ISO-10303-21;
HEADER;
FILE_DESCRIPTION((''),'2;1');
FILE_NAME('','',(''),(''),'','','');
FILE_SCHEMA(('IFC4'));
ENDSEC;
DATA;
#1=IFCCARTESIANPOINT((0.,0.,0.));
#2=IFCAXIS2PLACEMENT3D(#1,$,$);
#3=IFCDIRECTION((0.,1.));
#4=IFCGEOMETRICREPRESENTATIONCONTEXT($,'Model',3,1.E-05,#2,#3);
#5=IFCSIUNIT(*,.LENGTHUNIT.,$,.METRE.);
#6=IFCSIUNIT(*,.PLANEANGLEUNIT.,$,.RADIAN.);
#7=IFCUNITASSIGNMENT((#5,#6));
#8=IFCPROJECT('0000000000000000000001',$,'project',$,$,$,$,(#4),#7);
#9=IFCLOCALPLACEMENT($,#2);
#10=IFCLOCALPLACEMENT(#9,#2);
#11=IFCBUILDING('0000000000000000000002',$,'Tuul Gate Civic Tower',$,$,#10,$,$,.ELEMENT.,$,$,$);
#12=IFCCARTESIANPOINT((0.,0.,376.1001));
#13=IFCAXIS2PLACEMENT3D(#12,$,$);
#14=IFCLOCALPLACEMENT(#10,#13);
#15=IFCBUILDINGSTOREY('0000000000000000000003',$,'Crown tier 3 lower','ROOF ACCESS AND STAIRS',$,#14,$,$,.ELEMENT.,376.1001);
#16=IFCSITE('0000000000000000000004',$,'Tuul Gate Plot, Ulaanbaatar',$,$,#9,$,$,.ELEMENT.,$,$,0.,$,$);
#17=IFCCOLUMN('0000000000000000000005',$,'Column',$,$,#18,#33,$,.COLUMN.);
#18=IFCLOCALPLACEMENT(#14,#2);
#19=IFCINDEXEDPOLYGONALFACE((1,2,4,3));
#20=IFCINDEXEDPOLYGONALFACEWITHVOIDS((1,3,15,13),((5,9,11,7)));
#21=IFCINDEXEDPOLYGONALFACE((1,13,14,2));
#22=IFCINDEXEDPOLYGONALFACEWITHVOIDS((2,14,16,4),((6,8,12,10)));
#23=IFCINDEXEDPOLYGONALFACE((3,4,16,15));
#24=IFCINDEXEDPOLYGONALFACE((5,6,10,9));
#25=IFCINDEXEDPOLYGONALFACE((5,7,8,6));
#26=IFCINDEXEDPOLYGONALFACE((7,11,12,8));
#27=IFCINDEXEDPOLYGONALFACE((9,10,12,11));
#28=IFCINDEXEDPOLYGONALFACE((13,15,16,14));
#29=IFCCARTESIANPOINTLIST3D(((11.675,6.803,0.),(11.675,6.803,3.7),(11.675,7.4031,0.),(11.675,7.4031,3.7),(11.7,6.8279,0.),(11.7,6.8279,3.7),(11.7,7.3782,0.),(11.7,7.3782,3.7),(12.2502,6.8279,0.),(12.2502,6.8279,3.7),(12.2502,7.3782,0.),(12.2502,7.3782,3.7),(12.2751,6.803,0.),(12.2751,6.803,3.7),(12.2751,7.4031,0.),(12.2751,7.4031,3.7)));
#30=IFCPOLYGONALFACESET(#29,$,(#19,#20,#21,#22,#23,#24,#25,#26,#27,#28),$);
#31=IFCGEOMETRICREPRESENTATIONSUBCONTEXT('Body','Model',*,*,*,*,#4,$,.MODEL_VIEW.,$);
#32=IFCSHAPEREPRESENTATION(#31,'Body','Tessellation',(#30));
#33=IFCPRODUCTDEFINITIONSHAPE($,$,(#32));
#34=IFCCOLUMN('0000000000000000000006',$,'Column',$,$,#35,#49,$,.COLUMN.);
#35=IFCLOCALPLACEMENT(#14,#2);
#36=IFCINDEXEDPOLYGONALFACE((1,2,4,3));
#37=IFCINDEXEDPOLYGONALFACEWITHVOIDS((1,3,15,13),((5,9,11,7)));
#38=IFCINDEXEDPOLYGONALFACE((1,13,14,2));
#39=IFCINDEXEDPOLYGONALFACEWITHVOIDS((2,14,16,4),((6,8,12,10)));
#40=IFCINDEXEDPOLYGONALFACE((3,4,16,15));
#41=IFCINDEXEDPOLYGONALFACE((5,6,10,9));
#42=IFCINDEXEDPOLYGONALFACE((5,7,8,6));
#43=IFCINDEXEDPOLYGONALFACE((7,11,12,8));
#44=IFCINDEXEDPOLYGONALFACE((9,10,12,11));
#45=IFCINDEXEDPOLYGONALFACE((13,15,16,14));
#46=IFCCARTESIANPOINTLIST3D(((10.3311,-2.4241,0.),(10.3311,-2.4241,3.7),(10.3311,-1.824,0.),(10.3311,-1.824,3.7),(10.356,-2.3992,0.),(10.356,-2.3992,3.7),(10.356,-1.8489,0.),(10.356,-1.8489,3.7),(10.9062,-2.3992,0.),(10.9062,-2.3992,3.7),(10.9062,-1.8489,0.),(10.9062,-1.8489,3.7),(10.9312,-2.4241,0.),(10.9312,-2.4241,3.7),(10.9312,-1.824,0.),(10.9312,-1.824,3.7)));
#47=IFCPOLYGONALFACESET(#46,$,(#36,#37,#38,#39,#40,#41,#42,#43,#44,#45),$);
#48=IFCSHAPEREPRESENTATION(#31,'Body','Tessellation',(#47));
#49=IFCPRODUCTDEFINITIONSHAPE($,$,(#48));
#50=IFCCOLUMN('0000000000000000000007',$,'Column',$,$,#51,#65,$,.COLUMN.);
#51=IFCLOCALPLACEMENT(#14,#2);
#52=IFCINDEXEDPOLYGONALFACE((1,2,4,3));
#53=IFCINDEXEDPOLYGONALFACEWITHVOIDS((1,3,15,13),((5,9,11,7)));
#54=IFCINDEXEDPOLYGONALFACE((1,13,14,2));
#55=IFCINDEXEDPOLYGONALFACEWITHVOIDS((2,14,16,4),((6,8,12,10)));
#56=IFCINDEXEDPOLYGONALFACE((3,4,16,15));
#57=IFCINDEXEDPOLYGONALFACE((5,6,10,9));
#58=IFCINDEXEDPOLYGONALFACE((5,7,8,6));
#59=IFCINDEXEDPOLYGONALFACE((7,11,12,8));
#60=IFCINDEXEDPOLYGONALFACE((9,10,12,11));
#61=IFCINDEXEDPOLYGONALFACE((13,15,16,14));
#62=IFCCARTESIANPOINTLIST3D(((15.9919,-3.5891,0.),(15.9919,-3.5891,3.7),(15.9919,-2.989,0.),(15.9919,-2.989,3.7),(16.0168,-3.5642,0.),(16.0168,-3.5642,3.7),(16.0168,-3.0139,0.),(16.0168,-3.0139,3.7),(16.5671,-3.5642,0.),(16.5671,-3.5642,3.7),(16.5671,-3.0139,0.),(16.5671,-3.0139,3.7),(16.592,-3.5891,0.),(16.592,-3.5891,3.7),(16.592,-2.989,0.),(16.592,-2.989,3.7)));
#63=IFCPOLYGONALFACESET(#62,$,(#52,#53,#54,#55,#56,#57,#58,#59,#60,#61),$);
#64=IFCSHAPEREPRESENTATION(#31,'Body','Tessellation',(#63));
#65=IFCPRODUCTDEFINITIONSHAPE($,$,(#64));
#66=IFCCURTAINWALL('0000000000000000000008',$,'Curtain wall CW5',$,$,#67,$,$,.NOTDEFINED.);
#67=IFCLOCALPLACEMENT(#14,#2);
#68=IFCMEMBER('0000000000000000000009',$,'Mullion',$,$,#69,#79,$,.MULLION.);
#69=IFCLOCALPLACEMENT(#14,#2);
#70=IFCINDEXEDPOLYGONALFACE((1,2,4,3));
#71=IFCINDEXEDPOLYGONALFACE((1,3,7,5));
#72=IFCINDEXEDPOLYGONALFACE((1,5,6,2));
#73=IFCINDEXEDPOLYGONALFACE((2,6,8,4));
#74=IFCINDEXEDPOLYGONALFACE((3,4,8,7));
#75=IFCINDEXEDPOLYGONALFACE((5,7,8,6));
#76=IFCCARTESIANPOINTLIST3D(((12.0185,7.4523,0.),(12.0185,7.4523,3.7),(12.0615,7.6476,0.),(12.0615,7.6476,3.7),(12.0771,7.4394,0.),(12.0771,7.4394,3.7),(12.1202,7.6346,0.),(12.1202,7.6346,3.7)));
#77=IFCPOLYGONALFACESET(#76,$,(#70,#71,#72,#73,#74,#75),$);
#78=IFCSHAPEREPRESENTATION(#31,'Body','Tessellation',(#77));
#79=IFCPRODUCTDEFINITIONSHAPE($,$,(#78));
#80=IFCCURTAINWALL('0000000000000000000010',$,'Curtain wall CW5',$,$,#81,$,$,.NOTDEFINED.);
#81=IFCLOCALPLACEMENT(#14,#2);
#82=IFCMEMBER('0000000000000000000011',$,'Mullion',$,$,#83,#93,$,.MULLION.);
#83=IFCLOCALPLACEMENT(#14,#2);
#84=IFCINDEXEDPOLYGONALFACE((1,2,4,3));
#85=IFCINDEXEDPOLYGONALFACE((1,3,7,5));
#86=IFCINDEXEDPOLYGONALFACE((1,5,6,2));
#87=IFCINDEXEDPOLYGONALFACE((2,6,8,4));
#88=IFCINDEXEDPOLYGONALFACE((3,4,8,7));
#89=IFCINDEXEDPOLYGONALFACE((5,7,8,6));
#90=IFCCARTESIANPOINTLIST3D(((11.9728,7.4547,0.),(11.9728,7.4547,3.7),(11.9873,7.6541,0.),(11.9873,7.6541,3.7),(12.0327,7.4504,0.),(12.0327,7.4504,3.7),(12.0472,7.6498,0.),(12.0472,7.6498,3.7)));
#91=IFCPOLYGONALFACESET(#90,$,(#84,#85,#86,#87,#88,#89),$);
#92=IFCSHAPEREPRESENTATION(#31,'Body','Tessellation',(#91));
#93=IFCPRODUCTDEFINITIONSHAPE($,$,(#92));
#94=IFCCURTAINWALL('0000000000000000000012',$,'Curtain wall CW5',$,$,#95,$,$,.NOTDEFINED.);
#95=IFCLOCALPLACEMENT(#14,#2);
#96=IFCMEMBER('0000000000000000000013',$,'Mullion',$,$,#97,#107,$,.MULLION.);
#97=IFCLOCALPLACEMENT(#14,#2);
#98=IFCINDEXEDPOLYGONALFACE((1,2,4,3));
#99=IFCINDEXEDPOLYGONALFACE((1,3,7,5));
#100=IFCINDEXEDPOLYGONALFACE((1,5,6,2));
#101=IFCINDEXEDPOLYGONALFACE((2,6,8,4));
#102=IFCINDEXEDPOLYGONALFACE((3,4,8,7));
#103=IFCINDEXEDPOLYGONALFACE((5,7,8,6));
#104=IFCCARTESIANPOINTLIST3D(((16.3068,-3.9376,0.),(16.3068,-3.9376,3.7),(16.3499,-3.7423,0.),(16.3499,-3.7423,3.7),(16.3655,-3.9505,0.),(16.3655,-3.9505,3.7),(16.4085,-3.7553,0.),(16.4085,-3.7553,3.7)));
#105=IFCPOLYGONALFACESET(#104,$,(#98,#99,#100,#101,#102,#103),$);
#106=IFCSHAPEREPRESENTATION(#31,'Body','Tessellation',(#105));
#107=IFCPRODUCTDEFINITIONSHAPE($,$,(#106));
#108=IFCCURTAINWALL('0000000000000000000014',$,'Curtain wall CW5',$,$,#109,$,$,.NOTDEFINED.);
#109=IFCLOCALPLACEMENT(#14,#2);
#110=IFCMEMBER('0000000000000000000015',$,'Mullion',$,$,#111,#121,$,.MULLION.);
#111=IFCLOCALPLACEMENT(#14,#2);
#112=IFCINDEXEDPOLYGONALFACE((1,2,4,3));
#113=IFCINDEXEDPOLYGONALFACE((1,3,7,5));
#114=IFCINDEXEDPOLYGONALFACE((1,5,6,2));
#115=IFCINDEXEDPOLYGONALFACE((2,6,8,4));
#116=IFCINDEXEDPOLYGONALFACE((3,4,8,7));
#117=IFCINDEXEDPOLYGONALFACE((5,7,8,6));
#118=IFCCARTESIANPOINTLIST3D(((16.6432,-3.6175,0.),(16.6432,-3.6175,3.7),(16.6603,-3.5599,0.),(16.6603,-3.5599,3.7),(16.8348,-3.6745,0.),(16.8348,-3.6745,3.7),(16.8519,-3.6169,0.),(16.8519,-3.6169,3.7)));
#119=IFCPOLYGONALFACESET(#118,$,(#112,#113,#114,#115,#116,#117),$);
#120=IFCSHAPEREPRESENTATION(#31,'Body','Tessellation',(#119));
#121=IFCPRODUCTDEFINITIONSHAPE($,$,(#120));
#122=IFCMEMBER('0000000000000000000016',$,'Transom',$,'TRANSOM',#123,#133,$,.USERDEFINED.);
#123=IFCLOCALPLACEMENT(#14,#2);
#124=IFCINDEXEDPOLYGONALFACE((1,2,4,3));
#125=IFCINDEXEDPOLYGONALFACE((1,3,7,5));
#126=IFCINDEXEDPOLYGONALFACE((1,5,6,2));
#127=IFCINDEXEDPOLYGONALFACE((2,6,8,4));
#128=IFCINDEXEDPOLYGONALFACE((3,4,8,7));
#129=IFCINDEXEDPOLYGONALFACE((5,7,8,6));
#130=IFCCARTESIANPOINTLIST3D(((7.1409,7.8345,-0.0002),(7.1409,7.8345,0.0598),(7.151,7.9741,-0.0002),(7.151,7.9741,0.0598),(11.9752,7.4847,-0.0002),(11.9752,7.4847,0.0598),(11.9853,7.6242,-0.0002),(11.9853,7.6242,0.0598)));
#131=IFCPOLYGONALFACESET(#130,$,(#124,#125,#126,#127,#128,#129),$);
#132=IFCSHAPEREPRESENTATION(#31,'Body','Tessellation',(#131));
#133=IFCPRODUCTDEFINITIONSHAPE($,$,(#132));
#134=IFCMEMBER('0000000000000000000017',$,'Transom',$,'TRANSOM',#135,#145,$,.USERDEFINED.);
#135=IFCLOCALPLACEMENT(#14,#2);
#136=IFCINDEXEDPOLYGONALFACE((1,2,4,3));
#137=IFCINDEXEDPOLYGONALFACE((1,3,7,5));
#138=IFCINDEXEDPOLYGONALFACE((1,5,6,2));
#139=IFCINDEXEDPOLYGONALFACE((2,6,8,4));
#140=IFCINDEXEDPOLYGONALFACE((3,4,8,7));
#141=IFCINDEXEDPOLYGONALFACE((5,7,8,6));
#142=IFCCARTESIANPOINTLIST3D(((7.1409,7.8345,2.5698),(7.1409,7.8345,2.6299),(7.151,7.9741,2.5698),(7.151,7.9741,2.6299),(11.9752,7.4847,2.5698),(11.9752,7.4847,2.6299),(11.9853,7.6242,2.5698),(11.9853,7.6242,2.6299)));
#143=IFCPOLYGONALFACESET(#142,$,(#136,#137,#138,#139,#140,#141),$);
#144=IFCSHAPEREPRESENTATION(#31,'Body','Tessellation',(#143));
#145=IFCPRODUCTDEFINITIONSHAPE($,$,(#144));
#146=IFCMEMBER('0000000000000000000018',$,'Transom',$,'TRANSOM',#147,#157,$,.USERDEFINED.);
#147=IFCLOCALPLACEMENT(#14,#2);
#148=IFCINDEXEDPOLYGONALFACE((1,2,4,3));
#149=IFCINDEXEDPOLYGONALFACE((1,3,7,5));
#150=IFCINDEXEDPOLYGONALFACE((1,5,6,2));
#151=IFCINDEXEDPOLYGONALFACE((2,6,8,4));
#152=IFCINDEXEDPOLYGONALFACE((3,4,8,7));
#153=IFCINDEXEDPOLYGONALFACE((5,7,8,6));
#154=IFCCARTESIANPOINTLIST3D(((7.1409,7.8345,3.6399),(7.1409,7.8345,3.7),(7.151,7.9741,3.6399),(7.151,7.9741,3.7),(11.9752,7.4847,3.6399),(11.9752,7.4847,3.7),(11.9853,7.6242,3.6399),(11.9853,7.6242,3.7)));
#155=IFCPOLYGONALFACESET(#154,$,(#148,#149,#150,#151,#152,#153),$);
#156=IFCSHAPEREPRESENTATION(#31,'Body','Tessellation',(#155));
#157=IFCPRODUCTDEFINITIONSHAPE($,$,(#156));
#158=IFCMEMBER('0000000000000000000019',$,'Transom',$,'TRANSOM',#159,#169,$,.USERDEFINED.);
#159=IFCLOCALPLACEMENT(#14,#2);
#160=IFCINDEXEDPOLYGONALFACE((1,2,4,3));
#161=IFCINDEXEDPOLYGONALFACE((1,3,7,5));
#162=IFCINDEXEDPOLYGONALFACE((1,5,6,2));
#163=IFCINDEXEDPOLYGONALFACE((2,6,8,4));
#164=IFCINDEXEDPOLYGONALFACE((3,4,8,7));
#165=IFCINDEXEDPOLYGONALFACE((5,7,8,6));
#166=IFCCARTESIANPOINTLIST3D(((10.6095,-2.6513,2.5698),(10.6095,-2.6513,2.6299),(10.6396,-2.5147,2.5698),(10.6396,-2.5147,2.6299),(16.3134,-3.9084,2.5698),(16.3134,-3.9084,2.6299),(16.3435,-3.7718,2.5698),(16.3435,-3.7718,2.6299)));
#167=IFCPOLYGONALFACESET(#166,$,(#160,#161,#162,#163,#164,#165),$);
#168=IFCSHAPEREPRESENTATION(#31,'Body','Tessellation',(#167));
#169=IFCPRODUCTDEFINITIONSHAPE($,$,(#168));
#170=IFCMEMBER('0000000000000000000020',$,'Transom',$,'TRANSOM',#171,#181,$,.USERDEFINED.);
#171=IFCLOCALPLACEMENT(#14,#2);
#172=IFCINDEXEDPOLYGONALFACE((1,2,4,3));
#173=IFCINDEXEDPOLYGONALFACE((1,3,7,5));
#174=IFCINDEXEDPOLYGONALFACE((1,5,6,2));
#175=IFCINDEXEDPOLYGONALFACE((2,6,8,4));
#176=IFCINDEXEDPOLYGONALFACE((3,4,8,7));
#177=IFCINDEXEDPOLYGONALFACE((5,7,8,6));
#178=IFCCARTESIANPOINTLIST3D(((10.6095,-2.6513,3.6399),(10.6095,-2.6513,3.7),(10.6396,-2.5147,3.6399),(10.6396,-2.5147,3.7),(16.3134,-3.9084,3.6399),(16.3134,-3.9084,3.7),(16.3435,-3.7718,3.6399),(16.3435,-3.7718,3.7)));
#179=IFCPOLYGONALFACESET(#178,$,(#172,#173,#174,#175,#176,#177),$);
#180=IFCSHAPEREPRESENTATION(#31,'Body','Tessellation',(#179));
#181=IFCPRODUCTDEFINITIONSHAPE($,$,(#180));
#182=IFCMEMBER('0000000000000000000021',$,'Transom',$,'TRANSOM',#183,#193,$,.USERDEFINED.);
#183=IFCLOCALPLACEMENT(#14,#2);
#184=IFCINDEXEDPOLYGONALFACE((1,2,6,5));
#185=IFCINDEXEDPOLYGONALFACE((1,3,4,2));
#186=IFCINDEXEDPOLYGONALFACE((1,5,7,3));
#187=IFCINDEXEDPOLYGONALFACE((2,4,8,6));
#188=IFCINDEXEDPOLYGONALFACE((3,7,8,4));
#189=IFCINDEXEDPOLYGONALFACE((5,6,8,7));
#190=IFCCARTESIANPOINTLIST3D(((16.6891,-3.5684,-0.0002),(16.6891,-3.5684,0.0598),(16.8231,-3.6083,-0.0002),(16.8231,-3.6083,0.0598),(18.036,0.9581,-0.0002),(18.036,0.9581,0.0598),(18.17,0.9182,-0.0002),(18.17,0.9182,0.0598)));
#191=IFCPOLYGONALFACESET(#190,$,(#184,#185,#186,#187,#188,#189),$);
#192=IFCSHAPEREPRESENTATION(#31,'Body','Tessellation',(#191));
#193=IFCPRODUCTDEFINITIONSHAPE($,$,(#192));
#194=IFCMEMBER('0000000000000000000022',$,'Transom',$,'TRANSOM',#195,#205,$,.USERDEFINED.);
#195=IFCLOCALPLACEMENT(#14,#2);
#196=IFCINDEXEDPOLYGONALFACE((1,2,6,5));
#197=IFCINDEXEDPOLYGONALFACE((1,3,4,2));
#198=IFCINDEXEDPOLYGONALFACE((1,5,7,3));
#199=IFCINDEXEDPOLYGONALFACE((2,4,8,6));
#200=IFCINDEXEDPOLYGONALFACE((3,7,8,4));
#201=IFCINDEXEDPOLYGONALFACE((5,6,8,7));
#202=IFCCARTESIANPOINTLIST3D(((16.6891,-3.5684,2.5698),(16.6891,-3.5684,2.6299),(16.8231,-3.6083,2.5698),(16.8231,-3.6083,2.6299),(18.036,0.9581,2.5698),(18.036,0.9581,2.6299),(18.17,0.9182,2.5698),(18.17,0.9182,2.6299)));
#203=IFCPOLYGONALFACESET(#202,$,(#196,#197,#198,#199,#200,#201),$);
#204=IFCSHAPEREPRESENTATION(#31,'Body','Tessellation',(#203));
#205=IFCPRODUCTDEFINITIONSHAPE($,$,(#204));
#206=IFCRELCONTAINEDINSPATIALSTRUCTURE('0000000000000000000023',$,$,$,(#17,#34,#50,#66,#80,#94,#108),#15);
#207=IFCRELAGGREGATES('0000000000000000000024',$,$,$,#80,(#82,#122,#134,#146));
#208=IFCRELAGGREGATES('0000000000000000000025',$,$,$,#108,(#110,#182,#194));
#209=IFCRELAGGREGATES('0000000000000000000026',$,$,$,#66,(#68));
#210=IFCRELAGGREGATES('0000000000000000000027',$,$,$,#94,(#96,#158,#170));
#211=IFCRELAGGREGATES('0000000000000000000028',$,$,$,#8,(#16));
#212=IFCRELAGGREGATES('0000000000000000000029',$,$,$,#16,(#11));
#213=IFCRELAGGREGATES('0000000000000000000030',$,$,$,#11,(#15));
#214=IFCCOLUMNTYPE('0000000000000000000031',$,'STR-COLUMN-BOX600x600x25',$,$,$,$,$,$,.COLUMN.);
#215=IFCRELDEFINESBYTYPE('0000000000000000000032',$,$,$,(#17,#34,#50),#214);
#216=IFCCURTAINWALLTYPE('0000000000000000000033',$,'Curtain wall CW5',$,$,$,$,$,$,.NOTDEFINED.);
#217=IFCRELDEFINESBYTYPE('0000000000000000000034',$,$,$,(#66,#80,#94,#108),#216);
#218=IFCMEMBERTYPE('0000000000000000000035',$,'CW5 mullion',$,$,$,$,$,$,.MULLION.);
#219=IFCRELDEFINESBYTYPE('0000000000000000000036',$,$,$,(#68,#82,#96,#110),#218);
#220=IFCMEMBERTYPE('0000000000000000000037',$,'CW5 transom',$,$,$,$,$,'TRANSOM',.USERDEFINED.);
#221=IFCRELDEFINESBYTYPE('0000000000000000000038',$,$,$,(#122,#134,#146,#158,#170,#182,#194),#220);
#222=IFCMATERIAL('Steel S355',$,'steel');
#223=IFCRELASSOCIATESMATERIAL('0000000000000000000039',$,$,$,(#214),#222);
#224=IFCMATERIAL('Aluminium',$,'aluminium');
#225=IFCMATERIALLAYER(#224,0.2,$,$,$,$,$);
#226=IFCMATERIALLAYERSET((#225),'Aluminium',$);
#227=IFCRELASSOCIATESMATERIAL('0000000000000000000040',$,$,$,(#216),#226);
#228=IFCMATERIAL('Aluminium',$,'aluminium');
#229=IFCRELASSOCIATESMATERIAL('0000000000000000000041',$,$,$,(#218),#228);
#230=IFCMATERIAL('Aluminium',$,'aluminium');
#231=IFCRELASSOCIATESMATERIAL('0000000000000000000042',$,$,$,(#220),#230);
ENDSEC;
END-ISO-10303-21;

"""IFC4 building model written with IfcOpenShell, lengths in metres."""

from ifc_helpers import new_model, si_unit, direction, frame, origin, origin_2d, place, context, subcontext, project, spatial, rectangle, hollow_rectangle, extrude, material, layer, layer_set, material_profile, profile_set, type_object, element, aggregate, save


model = new_model("IFC4")

# Units and contexts
model_context = context("Model", 3, precision=1e-05, world=origin(), true_north=direction((0.0, 1.0)))
body_context = subcontext(model_context, "Body", "Model", "MODEL_VIEW")
ifc_project = project(units=[si_unit("LENGTHUNIT", "METRE"), si_unit("PLANEANGLEUNIT", "RADIAN")], contexts=[model_context])

# Site, building, storey
site_placement = place(None, origin())
site = spatial("IfcSite", under=ifc_project, at=site_placement, Name="Tuul Gate Plot, Ulaanbaatar", CompositionType="ELEMENT", RefElevation=0.0)
building_placement = place(site_placement, origin())
building = spatial("IfcBuilding", under=site, at=building_placement, Name="Tuul Gate Civic Tower", CompositionType="ELEMENT")
storey_placement = place(building_placement, frame((0.0, 0.0, 376.1001)))
storey = spatial("IfcBuildingStorey", under=building, at=storey_placement, Name="Crown tier 3 lower", Description="ROOF ACCESS AND STAIRS", CompositionType="ELEMENT", Elevation=376.1001)

# Columns
ifc_material_1 = material(Name="Steel S355", Category="steel")
ifc_material_profile_1 = material_profile(ifc_material_1, hollow_rectangle(XDim=0.6001, YDim=0.6001, WallThickness=0.0249, at=origin_2d()), Name="BOX600x600x25")
ifc_profile_set_1 = profile_set([ifc_material_profile_1], Name="Steel S355")
column_type = type_object("IfcColumnType", Name="STR-COLUMN-BOX600x600x25", PredefinedType="COLUMN", material=ifc_profile_set_1)
for number, where, z_axis, x_axis, name in (
    (1, (11.9751, 7.103, 0.0), (0.0, 0.0, 1.0), (1.0, 0.0, 0.0), "Column"),
    (2, (10.6311, -2.124, 0.0), (0.0, 0.0, 1.0), (1.0, 0.0, 0.0), "Column"),
    (3, (16.292, -3.2891, 0.0), (0.0, 0.0, 1.0), (1.0, 0.0, 0.0), "Column"),
):
    element("IfcColumn", number, at=place(storey_placement, frame(where, z_axis=z_axis, x_axis=x_axis)), inside=storey, type_object=column_type, Name=name, PredefinedType="COLUMN", context=body_context, shape_type="SweptSolid", body=[
        extrude(hollow_rectangle(XDim=0.6001, YDim=0.6001, WallThickness=0.0249, at=origin_2d()), origin(), (0.0, 0.0, 1.0), 3.7),
    ])

# Curtain walls, members
ifc_material_2 = material(Name="Aluminium", Category="aluminium")
ifc_layer_1 = layer(ifc_material_2, 0.2)
ifc_layer_set_1 = layer_set([ifc_layer_1], Name="Aluminium")
curtain_wall_type = type_object("IfcCurtainWallType", Name="Curtain wall CW5", PredefinedType="NOTDEFINED", material=ifc_layer_set_1)
curtain_wall_1_placement = place(storey_placement, origin())
curtain_wall_1 = element("IfcCurtainWall", 4, at=curtain_wall_1_placement, inside=storey, type_object=curtain_wall_type, Name="Curtain wall CW5", PredefinedType="NOTDEFINED")
ifc_material_3 = material(Name="Aluminium", Category="aluminium")
ifc_material_profile_2 = material_profile(ifc_material_3, rectangle(XDim=0.2, YDim=0.0601, at=origin_2d()), Name="CW5 mullion")
ifc_profile_set_2 = profile_set([ifc_material_profile_2], Name="Aluminium")
member_type_1 = type_object("IfcMemberType", Name="CW5 mullion", PredefinedType="MULLION", material=ifc_profile_set_2)
member_1_placement = place(storey_placement, frame((12.0693, 7.5435, 0.0), z_axis=(0.0, 0.0, 1.0), x_axis=(-0.215298, -0.976548, 0.0)))
member_1 = element("IfcMember", 5, at=member_1_placement, type_object=member_type_1, Name="Mullion", PredefinedType="MULLION", context=body_context, shape_type="SweptSolid", body=[
    extrude(rectangle(XDim=0.2, YDim=0.0601, at=origin_2d()), origin(), (0.0, 0.0, 1.0), 3.7),
])
curtain_wall_2_placement = place(storey_placement, origin())
curtain_wall_2 = element("IfcCurtainWall", 6, at=curtain_wall_2_placement, inside=storey, type_object=curtain_wall_type, Name="Curtain wall CW5", PredefinedType="NOTDEFINED")
member_2_placement = place(storey_placement, frame((12.01, 7.5522, 0.0), z_axis=(0.0, 0.0, 1.0), x_axis=(-0.072211, -0.997389, 0.0)))
member_2 = element("IfcMember", 7, at=member_2_placement, type_object=member_type_1, Name="Mullion", PredefinedType="MULLION", context=body_context, shape_type="SweptSolid", body=[
    extrude(rectangle(XDim=0.2, YDim=0.0601, at=origin_2d()), origin(), (0.0, 0.0, 1.0), 3.7),
])
curtain_wall_3_placement = place(storey_placement, origin())
curtain_wall_3 = element("IfcCurtainWall", 8, at=curtain_wall_3_placement, inside=storey, type_object=curtain_wall_type, Name="Curtain wall CW5", PredefinedType="NOTDEFINED")
member_3_placement = place(storey_placement, frame((16.3577, -3.8464, 0.0), z_axis=(0.0, 0.0, 1.0), x_axis=(0.215243, 0.976561, 0.0)))
member_3 = element("IfcMember", 9, at=member_3_placement, type_object=member_type_1, Name="Mullion", PredefinedType="MULLION", context=body_context, shape_type="SweptSolid", body=[
    extrude(rectangle(XDim=0.2, YDim=0.0601, at=origin_2d()), origin(), (0.0, 0.0, 1.0), 3.7),
])
curtain_wall_4_placement = place(storey_placement, origin())
curtain_wall_4 = element("IfcCurtainWall", 10, at=curtain_wall_4_placement, inside=storey, type_object=curtain_wall_type, Name="Curtain wall CW5", PredefinedType="NOTDEFINED")
member_4_placement = place(storey_placement, frame((16.7476, -3.6172, 0.0), z_axis=(0.0, 0.0, 1.0), x_axis=(-0.958476, 0.285174, 0.0)))
member_4 = element("IfcMember", 11, at=member_4_placement, type_object=member_type_1, Name="Mullion", PredefinedType="MULLION", context=body_context, shape_type="SweptSolid", body=[
    extrude(rectangle(XDim=0.2, YDim=0.0601, at=origin_2d()), origin(), (0.0, 0.0, 1.0), 3.7),
])

# Members
ifc_material_4 = material(Name="Aluminium", Category="aluminium")
ifc_material_profile_3 = material_profile(ifc_material_4, rectangle(XDim=0.1399, YDim=0.0601, at=origin_2d()), Name="CW5 transom")
ifc_profile_set_3 = profile_set([ifc_material_profile_3], Name="Aluminium")
member_type_2 = type_object("IfcMemberType", Name="CW5 transom", ElementType="TRANSOM", PredefinedType="USERDEFINED", material=ifc_profile_set_3)
member_5_placement = place(storey_placement, frame((11.9802, 7.5544, 0.0298), z_axis=(-0.997392, 0.072181, 0.0), x_axis=(-0.072181, -0.997392, 0.0)))
member_5 = element("IfcMember", 12, at=member_5_placement, type_object=member_type_2, Name="Transom", ObjectType="TRANSOM", PredefinedType="USERDEFINED", context=body_context, shape_type="SweptSolid", body=[
    extrude(rectangle(XDim=0.1399, YDim=0.0601, at=origin_2d()), origin(), (0.0, 0.0, 1.0), 4.8469),
])
member_6_placement = place(storey_placement, frame((11.9802, 7.5544, 2.5999), z_axis=(-0.997392, 0.072181, 0.0), x_axis=(-0.072181, -0.997392, 0.0)))
member_6 = element("IfcMember", 13, at=member_6_placement, type_object=member_type_2, Name="Transom", ObjectType="TRANSOM", PredefinedType="USERDEFINED", context=body_context, shape_type="SweptSolid", body=[
    extrude(rectangle(XDim=0.1399, YDim=0.0601, at=origin_2d()), origin(), (0.0, 0.0, 1.0), 4.8469),
])
member_7_placement = place(storey_placement, frame((11.9802, 7.5544, 3.6699), z_axis=(-0.997392, 0.072181, 0.0), x_axis=(-0.072181, -0.997392, 0.0)))
member_7 = element("IfcMember", 14, at=member_7_placement, type_object=member_type_2, Name="Transom", ObjectType="TRANSOM", PredefinedType="USERDEFINED", context=body_context, shape_type="SweptSolid", body=[
    extrude(rectangle(XDim=0.1399, YDim=0.0601, at=origin_2d()), origin(), (0.0, 0.0, 1.0), 4.8469),
])
aggregate(curtain_wall_2, [member_2, member_5, member_6, member_7])
member_8_placement = place(storey_placement, frame((10.6245, -2.583, 2.5999), z_axis=(0.976564, -0.215226, 0.0), x_axis=(0.215226, 0.976564, 0.0)))
member_8 = element("IfcMember", 15, at=member_8_placement, type_object=member_type_2, Name="Transom", ObjectType="TRANSOM", PredefinedType="USERDEFINED", context=body_context, shape_type="SweptSolid", body=[
    extrude(rectangle(XDim=0.1399, YDim=0.0601, at=origin_2d()), origin(), (0.0, 0.0, 1.0), 5.8408),
])
member_9_placement = place(storey_placement, frame((10.6245, -2.583, 3.6699), z_axis=(0.976564, -0.215226, 0.0), x_axis=(0.215226, 0.976564, 0.0)))
member_9 = element("IfcMember", 16, at=member_9_placement, type_object=member_type_2, Name="Transom", ObjectType="TRANSOM", PredefinedType="USERDEFINED", context=body_context, shape_type="SweptSolid", body=[
    extrude(rectangle(XDim=0.1399, YDim=0.0601, at=origin_2d()), origin(), (0.0, 0.0, 1.0), 5.8408),
])
member_10_placement = place(storey_placement, frame((16.7561, -3.5884, 0.0298), z_axis=(0.285199, 0.958468, 0.0), x_axis=(-0.958468, 0.285199, 0.0)))
member_10 = element("IfcMember", 17, at=member_10_placement, type_object=member_type_2, Name="Transom", ObjectType="TRANSOM", PredefinedType="USERDEFINED", context=body_context, shape_type="SweptSolid", body=[
    extrude(rectangle(XDim=0.1399, YDim=0.0601, at=origin_2d()), origin(), (0.0, 0.0, 1.0), 4.7227),
])
member_11_placement = place(storey_placement, frame((16.7561, -3.5884, 2.5999), z_axis=(0.285199, 0.958468, 0.0), x_axis=(-0.958468, 0.285199, 0.0)))
member_11 = element("IfcMember", 18, at=member_11_placement, type_object=member_type_2, Name="Transom", ObjectType="TRANSOM", PredefinedType="USERDEFINED", context=body_context, shape_type="SweptSolid", body=[
    extrude(rectangle(XDim=0.1399, YDim=0.0601, at=origin_2d()), origin(), (0.0, 0.0, 1.0), 4.7227),
])
aggregate(curtain_wall_4, [member_4, member_10, member_11])

aggregate(curtain_wall_1, [member_1])
aggregate(curtain_wall_3, [member_3, member_8, member_9])

save(model, "model.ifc")
